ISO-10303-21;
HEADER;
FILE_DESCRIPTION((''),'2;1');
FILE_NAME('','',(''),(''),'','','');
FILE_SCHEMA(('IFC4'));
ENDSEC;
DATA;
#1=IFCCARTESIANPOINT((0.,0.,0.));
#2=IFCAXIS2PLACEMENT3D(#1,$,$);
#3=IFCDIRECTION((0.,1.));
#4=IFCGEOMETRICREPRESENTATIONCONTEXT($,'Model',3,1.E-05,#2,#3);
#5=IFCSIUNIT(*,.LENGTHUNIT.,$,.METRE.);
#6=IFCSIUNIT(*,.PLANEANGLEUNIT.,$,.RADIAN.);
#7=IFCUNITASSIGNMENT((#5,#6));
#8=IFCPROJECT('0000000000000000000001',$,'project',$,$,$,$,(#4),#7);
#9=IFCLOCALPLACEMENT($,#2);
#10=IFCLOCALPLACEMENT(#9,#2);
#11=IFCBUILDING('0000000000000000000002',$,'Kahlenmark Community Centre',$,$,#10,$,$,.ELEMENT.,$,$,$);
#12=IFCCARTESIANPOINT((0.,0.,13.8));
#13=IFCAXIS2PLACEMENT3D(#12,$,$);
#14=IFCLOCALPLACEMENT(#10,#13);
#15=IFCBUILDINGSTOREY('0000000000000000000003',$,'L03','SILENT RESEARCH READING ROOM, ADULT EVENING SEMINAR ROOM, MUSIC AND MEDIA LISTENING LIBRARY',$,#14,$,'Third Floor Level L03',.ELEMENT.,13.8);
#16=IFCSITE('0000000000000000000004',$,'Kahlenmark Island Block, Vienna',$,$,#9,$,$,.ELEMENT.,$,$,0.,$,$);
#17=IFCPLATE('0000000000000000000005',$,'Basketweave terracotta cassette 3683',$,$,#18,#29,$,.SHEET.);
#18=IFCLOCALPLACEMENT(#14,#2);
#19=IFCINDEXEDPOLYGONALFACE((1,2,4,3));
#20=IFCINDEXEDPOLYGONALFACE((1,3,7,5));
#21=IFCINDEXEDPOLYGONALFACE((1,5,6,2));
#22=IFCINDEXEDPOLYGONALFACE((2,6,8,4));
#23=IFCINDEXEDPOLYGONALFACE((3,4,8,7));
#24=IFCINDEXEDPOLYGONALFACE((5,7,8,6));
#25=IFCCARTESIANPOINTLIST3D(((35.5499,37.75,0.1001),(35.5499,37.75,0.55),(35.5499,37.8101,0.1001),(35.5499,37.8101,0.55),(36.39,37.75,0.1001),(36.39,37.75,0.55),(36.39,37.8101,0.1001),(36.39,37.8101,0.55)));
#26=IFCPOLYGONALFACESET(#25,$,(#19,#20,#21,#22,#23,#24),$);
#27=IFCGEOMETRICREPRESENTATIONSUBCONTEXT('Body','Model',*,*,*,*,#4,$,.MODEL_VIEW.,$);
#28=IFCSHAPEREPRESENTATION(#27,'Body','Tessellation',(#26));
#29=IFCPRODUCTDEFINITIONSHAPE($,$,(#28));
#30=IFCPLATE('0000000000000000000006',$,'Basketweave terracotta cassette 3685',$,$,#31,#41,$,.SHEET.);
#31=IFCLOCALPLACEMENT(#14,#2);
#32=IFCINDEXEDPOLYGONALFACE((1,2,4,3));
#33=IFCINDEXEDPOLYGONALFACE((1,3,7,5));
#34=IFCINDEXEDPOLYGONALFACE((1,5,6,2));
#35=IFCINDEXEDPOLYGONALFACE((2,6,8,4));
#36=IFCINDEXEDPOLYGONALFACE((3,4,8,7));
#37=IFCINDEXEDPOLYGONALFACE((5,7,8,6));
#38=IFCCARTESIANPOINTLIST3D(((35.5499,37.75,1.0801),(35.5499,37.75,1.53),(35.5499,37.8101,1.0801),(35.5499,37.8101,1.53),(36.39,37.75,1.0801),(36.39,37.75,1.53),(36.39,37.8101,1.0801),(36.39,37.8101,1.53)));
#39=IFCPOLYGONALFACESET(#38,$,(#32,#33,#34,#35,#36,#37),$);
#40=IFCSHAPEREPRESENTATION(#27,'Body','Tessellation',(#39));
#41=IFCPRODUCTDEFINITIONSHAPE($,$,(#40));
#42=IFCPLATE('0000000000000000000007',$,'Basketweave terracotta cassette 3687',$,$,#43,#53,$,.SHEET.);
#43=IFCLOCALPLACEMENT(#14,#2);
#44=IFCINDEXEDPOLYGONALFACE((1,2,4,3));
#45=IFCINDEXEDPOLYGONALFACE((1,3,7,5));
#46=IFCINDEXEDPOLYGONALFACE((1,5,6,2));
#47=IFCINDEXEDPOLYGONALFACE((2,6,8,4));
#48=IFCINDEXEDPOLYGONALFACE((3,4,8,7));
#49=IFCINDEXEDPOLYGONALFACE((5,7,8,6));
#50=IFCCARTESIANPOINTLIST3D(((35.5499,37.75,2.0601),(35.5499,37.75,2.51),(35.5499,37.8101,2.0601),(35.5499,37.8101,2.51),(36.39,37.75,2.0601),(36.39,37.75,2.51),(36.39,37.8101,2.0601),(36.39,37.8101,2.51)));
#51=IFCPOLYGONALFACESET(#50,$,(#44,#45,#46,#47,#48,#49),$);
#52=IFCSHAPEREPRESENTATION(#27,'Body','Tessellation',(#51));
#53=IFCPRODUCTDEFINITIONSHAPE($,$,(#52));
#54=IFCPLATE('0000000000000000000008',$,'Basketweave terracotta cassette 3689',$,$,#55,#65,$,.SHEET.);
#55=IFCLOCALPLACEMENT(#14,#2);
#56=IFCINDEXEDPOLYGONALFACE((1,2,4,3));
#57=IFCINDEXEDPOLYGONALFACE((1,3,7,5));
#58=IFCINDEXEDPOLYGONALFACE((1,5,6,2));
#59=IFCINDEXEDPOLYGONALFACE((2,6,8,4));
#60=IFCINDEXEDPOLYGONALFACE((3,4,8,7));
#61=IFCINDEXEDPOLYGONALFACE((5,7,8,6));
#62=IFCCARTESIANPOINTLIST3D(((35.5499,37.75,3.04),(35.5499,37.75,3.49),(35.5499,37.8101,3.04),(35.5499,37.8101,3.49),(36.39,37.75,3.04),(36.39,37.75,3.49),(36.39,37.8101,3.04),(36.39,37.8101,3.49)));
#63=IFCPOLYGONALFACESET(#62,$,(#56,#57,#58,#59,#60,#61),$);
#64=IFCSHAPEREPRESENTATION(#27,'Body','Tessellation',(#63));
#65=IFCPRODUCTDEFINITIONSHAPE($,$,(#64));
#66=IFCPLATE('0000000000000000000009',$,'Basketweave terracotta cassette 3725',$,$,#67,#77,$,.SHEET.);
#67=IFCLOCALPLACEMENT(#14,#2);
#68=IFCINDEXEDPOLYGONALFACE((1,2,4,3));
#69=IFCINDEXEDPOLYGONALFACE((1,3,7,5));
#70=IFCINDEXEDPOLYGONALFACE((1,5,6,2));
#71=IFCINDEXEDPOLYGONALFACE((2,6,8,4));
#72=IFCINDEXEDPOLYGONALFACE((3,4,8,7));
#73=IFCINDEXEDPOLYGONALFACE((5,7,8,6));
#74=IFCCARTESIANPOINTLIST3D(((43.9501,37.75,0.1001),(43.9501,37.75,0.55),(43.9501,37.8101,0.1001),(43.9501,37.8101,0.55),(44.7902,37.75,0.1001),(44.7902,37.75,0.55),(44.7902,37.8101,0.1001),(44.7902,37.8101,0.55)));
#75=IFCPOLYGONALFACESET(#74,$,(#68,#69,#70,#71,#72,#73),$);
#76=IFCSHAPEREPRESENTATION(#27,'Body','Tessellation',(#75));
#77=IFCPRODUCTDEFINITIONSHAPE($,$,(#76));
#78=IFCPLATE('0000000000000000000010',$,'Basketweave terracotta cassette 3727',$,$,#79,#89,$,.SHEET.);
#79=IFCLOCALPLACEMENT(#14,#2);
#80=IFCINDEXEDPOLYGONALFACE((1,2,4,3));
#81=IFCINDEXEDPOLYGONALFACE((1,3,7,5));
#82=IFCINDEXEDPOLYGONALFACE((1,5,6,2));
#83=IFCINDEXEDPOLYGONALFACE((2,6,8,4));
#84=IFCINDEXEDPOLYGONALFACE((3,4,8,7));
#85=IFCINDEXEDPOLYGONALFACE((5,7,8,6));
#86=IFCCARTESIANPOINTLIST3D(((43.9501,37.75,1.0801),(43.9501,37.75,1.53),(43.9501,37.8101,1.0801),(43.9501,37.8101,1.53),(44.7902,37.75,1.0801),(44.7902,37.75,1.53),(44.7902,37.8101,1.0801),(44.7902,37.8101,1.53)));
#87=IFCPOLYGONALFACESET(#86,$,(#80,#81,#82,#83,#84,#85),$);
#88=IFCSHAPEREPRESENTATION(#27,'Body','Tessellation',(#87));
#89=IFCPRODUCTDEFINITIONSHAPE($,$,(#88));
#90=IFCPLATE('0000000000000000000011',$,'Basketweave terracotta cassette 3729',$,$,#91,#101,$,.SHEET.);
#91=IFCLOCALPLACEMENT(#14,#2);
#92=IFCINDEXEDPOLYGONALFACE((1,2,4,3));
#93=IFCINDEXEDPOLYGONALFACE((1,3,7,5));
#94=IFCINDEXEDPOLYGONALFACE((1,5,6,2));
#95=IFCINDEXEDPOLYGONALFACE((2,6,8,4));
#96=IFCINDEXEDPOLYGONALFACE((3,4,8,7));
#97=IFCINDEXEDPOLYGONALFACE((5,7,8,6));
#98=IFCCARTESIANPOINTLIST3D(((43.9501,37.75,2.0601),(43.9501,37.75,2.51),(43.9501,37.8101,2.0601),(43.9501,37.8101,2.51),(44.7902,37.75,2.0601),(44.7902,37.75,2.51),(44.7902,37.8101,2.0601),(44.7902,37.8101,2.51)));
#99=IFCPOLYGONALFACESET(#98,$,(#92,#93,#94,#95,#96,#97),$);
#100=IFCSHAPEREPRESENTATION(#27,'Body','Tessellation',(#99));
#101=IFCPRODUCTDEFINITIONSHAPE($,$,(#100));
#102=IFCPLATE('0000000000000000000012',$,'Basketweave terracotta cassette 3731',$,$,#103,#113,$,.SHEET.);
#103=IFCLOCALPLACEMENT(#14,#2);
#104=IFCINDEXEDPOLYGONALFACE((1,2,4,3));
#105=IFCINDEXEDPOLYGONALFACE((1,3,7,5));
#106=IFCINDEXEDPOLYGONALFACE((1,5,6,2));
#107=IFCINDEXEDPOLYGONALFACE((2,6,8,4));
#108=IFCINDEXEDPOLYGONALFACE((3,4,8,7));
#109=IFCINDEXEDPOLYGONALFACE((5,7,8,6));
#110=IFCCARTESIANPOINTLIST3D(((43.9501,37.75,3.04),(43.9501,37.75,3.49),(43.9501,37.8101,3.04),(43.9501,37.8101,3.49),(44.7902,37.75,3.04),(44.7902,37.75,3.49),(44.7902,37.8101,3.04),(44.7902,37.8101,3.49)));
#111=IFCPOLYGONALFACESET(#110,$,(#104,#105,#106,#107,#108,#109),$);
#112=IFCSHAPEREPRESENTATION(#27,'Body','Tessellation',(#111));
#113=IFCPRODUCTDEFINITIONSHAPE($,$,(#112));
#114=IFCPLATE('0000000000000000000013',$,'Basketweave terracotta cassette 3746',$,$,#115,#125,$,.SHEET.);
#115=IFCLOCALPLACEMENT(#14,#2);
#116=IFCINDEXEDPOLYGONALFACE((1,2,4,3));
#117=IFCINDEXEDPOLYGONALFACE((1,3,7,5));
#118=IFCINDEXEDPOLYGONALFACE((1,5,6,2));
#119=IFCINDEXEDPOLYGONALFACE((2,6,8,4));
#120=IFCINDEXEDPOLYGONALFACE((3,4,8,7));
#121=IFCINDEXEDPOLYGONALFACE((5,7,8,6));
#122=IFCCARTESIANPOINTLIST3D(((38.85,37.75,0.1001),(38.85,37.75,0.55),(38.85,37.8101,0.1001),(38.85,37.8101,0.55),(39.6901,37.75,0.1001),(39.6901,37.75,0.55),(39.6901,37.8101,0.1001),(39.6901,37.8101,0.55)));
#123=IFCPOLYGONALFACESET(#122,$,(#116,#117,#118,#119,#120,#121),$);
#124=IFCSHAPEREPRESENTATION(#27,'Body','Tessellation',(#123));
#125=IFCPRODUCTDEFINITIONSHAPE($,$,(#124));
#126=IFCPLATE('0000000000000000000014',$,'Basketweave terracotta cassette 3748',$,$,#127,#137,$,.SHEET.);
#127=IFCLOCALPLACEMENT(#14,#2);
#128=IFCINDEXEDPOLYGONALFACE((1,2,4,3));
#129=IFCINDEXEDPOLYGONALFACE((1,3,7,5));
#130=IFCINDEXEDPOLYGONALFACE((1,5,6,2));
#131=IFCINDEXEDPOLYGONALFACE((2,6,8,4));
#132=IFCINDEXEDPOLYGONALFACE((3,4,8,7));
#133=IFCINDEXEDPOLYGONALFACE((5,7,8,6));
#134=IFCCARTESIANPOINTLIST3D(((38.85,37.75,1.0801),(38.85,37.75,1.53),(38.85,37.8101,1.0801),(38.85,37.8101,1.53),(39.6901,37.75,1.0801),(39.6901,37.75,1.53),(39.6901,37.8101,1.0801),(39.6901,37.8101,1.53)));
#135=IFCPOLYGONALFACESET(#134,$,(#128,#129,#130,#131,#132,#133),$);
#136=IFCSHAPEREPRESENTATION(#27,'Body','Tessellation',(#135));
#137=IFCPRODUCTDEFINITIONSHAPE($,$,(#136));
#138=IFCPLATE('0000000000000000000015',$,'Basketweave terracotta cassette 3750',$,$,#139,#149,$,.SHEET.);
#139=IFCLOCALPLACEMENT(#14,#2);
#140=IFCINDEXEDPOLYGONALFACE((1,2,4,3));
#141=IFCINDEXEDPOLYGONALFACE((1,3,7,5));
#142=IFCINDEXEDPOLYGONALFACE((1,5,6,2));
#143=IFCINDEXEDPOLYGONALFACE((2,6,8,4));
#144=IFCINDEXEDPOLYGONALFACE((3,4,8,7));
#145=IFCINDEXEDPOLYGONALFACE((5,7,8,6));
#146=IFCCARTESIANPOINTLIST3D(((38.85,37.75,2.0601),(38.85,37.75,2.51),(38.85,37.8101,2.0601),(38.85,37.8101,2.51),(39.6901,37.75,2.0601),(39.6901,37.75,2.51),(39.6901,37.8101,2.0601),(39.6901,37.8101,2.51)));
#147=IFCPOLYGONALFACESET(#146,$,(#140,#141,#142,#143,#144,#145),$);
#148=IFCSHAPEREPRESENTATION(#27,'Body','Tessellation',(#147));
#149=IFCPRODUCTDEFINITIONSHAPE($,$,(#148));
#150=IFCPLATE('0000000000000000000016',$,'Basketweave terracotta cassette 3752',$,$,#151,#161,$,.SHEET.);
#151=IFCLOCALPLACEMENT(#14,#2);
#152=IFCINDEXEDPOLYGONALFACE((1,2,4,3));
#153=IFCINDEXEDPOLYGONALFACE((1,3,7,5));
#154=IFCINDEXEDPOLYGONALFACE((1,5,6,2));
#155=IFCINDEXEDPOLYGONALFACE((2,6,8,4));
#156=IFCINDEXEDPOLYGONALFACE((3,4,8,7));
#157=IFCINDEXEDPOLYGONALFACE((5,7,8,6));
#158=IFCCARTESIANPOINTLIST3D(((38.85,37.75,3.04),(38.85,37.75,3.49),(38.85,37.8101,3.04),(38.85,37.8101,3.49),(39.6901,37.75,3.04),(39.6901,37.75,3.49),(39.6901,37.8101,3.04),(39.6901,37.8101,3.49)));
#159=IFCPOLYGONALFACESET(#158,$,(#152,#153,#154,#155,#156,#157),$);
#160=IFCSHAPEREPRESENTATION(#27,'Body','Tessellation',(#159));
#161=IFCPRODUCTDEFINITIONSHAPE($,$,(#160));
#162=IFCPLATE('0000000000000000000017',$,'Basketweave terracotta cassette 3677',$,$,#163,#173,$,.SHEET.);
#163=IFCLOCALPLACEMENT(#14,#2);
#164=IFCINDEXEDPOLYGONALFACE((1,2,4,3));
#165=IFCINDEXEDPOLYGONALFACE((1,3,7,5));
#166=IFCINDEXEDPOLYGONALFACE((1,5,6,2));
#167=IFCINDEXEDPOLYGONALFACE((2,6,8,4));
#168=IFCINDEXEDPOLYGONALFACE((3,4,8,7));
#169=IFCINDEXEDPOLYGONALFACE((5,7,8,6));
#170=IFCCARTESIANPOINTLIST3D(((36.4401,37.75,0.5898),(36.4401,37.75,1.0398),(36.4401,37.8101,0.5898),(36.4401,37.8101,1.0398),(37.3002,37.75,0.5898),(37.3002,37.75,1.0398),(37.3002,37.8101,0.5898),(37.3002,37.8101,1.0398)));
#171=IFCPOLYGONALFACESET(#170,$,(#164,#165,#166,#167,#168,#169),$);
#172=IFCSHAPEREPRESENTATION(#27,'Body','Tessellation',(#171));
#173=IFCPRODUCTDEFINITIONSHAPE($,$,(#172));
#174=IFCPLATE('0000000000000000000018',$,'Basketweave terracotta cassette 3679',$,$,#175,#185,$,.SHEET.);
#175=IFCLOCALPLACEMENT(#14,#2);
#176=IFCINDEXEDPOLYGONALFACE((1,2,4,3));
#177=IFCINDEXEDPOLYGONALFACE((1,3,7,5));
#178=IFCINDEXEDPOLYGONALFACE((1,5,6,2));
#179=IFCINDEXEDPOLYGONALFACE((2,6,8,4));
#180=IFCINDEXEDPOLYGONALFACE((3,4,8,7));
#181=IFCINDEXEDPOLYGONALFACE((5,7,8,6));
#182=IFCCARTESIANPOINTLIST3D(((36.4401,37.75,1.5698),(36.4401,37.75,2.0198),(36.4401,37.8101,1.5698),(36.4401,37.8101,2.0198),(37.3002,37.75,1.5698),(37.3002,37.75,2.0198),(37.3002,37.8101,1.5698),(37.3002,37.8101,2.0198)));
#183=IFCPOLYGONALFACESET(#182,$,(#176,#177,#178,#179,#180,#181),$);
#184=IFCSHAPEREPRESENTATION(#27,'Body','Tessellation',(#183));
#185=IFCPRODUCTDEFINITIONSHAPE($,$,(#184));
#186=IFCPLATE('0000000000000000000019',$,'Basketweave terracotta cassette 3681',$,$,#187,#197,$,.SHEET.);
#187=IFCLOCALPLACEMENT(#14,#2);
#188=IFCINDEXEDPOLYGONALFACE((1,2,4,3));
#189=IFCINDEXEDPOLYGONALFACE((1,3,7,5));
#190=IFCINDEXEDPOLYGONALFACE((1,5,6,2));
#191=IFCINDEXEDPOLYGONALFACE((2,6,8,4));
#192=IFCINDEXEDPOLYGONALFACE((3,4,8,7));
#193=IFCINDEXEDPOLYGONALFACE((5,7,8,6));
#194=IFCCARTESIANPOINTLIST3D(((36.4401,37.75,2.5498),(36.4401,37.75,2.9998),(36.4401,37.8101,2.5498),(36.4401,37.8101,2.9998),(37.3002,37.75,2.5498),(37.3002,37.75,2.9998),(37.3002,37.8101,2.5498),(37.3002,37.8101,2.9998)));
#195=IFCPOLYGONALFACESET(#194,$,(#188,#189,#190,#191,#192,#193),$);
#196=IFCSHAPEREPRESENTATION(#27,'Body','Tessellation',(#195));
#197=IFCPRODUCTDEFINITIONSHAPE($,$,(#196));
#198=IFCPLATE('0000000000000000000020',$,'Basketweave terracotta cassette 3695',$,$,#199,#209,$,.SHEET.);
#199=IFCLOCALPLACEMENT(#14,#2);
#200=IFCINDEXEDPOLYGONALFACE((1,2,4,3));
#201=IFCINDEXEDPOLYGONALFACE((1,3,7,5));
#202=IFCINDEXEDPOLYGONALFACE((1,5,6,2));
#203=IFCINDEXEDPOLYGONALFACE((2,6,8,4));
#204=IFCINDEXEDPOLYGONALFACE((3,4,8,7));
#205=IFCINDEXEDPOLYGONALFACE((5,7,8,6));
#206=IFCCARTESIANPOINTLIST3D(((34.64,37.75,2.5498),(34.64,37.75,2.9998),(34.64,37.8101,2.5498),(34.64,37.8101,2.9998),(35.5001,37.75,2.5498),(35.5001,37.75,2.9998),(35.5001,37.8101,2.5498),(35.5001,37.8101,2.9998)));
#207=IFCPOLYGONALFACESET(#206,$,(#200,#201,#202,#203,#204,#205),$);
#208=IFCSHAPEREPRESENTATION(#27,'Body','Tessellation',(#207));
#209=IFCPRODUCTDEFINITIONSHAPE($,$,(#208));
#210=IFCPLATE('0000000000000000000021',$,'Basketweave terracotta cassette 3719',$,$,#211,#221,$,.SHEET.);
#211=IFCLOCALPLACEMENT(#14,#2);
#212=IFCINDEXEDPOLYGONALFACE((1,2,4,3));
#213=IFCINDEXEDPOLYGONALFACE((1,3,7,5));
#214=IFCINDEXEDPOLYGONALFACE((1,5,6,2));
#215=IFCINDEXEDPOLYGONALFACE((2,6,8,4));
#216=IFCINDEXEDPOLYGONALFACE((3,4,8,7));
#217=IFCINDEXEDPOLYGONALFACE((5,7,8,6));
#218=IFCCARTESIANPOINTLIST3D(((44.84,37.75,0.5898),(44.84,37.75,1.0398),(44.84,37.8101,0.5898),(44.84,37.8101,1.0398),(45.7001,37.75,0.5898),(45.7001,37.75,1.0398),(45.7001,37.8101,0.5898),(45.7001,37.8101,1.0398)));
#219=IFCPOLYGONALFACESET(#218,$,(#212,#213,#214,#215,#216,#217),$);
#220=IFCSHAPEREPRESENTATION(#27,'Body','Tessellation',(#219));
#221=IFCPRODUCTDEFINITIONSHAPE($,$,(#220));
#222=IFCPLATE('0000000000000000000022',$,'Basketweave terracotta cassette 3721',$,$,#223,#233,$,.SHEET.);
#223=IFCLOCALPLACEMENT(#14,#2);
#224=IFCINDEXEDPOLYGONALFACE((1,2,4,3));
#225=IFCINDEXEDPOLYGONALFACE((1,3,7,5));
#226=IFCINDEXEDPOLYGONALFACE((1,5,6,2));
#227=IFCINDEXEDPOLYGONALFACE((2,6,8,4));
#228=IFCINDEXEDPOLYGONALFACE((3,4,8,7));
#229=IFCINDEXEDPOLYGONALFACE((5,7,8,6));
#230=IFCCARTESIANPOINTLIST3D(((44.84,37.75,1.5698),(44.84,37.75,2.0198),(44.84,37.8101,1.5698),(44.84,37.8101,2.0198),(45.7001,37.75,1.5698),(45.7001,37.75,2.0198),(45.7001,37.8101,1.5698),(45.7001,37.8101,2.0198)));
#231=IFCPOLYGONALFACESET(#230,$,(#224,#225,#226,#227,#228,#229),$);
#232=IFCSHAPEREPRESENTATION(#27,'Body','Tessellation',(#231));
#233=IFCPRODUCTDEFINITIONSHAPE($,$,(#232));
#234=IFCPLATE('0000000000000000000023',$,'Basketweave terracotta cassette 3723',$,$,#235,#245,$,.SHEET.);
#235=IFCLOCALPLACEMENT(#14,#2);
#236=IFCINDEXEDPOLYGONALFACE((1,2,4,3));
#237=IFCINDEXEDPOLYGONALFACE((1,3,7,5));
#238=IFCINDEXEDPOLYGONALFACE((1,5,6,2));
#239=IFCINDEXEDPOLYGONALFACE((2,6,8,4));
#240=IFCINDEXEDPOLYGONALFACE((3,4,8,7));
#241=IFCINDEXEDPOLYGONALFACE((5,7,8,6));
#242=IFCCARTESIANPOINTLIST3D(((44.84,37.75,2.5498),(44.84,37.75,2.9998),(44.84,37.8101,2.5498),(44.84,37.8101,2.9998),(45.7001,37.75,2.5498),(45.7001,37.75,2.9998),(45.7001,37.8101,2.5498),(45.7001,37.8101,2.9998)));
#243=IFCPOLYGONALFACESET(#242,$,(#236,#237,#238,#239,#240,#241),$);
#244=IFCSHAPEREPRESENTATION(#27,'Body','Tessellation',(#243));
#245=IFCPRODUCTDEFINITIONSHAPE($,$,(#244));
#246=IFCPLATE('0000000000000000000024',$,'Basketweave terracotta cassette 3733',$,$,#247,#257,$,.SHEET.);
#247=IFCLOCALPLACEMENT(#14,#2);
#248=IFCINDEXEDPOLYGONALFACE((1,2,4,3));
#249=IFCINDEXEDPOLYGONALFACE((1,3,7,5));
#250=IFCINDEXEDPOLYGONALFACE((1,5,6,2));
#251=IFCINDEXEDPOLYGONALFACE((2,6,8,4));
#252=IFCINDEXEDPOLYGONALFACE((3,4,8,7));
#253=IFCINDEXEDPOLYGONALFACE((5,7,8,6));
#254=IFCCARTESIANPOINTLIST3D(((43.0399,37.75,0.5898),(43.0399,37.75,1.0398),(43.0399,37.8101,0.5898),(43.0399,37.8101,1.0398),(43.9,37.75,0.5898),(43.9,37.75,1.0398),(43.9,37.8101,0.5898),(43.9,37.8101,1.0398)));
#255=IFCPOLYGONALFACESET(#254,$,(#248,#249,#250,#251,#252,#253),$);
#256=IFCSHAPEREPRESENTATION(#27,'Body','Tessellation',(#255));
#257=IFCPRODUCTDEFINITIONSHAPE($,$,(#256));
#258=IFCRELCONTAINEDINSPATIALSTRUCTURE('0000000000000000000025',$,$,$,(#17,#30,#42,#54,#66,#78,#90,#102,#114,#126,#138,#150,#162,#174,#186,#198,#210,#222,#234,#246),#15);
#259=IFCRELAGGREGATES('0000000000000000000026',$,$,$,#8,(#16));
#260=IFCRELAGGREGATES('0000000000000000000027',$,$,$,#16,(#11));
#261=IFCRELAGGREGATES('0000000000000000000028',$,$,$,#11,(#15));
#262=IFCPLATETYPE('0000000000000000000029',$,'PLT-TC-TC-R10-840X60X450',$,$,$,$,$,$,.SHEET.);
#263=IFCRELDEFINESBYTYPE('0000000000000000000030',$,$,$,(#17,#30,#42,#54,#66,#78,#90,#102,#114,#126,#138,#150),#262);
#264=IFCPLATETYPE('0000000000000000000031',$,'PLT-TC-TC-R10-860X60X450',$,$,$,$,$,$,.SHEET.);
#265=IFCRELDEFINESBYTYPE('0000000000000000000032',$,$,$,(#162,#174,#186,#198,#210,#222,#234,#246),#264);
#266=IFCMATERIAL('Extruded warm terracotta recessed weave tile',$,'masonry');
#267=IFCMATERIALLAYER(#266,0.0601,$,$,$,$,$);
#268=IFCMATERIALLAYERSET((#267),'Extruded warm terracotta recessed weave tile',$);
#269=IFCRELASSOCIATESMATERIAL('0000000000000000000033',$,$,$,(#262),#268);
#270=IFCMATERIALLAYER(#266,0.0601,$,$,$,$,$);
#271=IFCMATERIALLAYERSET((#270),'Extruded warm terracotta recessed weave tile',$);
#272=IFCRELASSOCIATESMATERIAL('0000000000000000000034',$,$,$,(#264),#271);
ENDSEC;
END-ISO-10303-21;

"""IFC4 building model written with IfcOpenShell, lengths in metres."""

from ifc_helpers import new_model, si_unit, direction, frame, origin, origin_2d, place, context, subcontext, project, spatial, rectangle, extrude, material, layer, layer_set, type_object, element, save


model = new_model("IFC4")

# Units and contexts
model_context = context("Model", 3, precision=1e-05, world=origin(), true_north=direction((0.0, 1.0)))
body_context = subcontext(model_context, "Body", "Model", "MODEL_VIEW")
ifc_project = project(units=[si_unit("LENGTHUNIT", "METRE"), si_unit("PLANEANGLEUNIT", "RADIAN")], contexts=[model_context])

# Site, building, storey
site_placement = place(None, origin())
site = spatial("IfcSite", under=ifc_project, at=site_placement, Name="Kahlenmark Island Block, Vienna", CompositionType="ELEMENT", RefElevation=0.0)
building_placement = place(site_placement, origin())
building = spatial("IfcBuilding", under=site, at=building_placement, Name="Kahlenmark Community Centre", CompositionType="ELEMENT")
storey_placement = place(building_placement, frame((0.0, 0.0, 13.8)))
storey = spatial("IfcBuildingStorey", under=building, at=storey_placement, Name="L03", Description="SILENT RESEARCH READING ROOM, ADULT EVENING SEMINAR ROOM, MUSIC AND MEDIA LISTENING LIBRARY", LongName="Third Floor Level L03", CompositionType="ELEMENT", Elevation=13.8)

# Plates
ifc_material = material(Name="Extruded warm terracotta recessed weave tile", Category="masonry")
ifc_layer_1 = layer(ifc_material, 0.0601)
ifc_layer_set_1 = layer_set([ifc_layer_1], Name="Extruded warm terracotta recessed weave tile")
plate_type_1 = type_object("IfcPlateType", Name="PLT-TC-TC-R10-840X60X450", PredefinedType="SHEET", material=ifc_layer_set_1)
for number, where, z_axis, x_axis, name in (
    (1, (35.97, 37.78, 0.1001), (0.0, 0.0, 1.0), (-1.0, 0.0, 0.0), "Basketweave terracotta cassette 3683"),
    (2, (35.97, 37.78, 1.0801), (0.0, 0.0, 1.0), (-1.0, 0.0, 0.0), "Basketweave terracotta cassette 3685"),
    (3, (35.97, 37.78, 2.0601), (0.0, 0.0, 1.0), (-1.0, 0.0, 0.0), "Basketweave terracotta cassette 3687"),
    (4, (35.97, 37.78, 3.04), (0.0, 0.0, 1.0), (-1.0, 0.0, 0.0), "Basketweave terracotta cassette 3689"),
    (5, (44.3701, 37.78, 0.1001), (0.0, 0.0, 1.0), (-1.0, 0.0, 0.0), "Basketweave terracotta cassette 3725"),
    (6, (44.3701, 37.78, 1.0801), (0.0, 0.0, 1.0), (-1.0, 0.0, 0.0), "Basketweave terracotta cassette 3727"),
    (7, (44.3701, 37.78, 2.0601), (0.0, 0.0, 1.0), (-1.0, 0.0, 0.0), "Basketweave terracotta cassette 3729"),
    (8, (44.3701, 37.78, 3.04), (0.0, 0.0, 1.0), (-1.0, 0.0, 0.0), "Basketweave terracotta cassette 3731"),
    (9, (39.27, 37.78, 0.1001), (0.0, 0.0, 1.0), (-1.0, 0.0, 0.0), "Basketweave terracotta cassette 3746"),
    (10, (39.27, 37.78, 1.0801), (0.0, 0.0, 1.0), (-1.0, 0.0, 0.0), "Basketweave terracotta cassette 3748"),
    (11, (39.27, 37.78, 2.0601), (0.0, 0.0, 1.0), (-1.0, 0.0, 0.0), "Basketweave terracotta cassette 3750"),
    (12, (39.27, 37.78, 3.04), (0.0, 0.0, 1.0), (-1.0, 0.0, 0.0), "Basketweave terracotta cassette 3752"),
):
    element("IfcPlate", number, at=place(storey_placement, frame(where, z_axis=z_axis, x_axis=x_axis)), inside=storey, type_object=plate_type_1, Name=name, PredefinedType="SHEET", context=body_context, shape_type="SweptSolid", body=[
        extrude(rectangle(XDim=0.8401, YDim=0.0601, at=origin_2d()), origin(), (0.0, 0.0, 1.0), 0.45),
    ])
ifc_layer_2 = layer(ifc_material, 0.0601)
ifc_layer_set_2 = layer_set([ifc_layer_2], Name="Extruded warm terracotta recessed weave tile")
plate_type_2 = type_object("IfcPlateType", Name="PLT-TC-TC-R10-860X60X450", PredefinedType="SHEET", material=ifc_layer_set_2)
for number, where, z_axis, x_axis, name in (
    (13, (36.8701, 37.78, 0.5898), (0.0, 0.0, 1.0), (-1.0, 0.0, 0.0), "Basketweave terracotta cassette 3677"),
    (14, (36.8701, 37.78, 1.5698), (0.0, 0.0, 1.0), (-1.0, 0.0, 0.0), "Basketweave terracotta cassette 3679"),
    (15, (36.8701, 37.78, 2.5498), (0.0, 0.0, 1.0), (-1.0, 0.0, 0.0), "Basketweave terracotta cassette 3681"),
    (16, (35.0701, 37.78, 2.5498), (0.0, 0.0, 1.0), (-1.0, 0.0, 0.0), "Basketweave terracotta cassette 3695"),
    (17, (45.27, 37.78, 0.5898), (0.0, 0.0, 1.0), (-1.0, 0.0, 0.0), "Basketweave terracotta cassette 3719"),
    (18, (45.27, 37.78, 1.5698), (0.0, 0.0, 1.0), (-1.0, 0.0, 0.0), "Basketweave terracotta cassette 3721"),
    (19, (45.27, 37.78, 2.5498), (0.0, 0.0, 1.0), (-1.0, 0.0, 0.0), "Basketweave terracotta cassette 3723"),
    (20, (43.47, 37.78, 0.5898), (0.0, 0.0, 1.0), (-1.0, 0.0, 0.0), "Basketweave terracotta cassette 3733"),
):
    element("IfcPlate", number, at=place(storey_placement, frame(where, z_axis=z_axis, x_axis=x_axis)), inside=storey, type_object=plate_type_2, Name=name, PredefinedType="SHEET", context=body_context, shape_type="SweptSolid", body=[
        extrude(rectangle(XDim=0.8601, YDim=0.0601, at=origin_2d()), origin(), (0.0, 0.0, 1.0), 0.45),
    ])

save(model, "model.ifc")
